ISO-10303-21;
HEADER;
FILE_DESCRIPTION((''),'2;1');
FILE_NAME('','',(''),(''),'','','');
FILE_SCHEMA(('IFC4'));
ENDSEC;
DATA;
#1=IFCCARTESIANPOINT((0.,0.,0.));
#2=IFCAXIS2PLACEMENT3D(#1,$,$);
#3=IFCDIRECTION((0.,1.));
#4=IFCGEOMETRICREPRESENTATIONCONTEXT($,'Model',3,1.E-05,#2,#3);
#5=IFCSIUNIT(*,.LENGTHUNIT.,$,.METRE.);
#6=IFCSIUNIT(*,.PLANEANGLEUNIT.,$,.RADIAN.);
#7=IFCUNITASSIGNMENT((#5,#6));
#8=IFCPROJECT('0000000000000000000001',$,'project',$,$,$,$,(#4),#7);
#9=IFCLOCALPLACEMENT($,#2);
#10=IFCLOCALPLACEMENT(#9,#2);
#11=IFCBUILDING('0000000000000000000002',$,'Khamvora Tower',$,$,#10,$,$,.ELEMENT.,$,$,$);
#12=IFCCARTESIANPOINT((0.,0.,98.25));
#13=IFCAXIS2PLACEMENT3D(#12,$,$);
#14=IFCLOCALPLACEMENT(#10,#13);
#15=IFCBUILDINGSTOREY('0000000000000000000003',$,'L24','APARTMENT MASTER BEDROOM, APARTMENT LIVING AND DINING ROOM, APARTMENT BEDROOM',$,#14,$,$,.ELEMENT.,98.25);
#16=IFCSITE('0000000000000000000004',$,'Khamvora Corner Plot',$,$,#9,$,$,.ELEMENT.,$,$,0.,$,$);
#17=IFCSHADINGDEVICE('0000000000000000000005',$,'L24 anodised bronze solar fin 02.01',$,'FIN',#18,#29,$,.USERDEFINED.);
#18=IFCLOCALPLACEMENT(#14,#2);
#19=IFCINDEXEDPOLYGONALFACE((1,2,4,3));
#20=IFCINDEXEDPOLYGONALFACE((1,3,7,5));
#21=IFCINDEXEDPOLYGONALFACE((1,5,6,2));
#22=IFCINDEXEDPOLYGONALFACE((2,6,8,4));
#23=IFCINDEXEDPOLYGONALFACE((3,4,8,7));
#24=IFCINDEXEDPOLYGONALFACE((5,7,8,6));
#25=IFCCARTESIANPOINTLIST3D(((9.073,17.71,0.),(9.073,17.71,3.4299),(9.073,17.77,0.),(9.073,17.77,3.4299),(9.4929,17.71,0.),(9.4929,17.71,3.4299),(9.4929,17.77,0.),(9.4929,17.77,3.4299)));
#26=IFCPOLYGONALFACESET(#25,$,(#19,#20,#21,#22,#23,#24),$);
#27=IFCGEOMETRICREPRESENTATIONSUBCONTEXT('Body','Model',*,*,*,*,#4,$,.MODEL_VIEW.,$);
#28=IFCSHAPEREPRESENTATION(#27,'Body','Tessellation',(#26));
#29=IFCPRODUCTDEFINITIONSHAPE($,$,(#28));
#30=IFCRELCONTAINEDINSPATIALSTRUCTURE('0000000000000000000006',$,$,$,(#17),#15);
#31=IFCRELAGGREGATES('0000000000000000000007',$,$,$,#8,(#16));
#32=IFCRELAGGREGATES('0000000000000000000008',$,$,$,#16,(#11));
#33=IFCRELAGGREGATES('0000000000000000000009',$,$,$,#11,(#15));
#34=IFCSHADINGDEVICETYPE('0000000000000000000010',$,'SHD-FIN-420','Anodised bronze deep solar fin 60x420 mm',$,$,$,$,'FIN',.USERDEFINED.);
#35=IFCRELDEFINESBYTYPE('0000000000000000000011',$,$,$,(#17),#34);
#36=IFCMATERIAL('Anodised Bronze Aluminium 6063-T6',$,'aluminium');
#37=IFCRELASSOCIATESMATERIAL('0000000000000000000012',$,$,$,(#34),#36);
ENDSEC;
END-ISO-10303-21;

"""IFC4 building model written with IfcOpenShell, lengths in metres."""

from ifc_helpers import new_model, si_unit, direction, frame, origin, origin_2d, place, context, subcontext, project, spatial, rectangle, extrude, material, type_object, element, save


model = new_model("IFC4")

# Units and contexts
model_context = context("Model", 3, precision=1e-05, world=origin(), true_north=direction((0.0, 1.0)))
body_context = subcontext(model_context, "Body", "Model", "MODEL_VIEW")
ifc_project = project(units=[si_unit("LENGTHUNIT", "METRE"), si_unit("PLANEANGLEUNIT", "RADIAN")], contexts=[model_context])

# Site, building, storey
site_placement = place(None, origin())
site = spatial("IfcSite", under=ifc_project, at=site_placement, Name="Khamvora Corner Plot", CompositionType="ELEMENT", RefElevation=0.0)
building_placement = place(site_placement, origin())
building = spatial("IfcBuilding", under=site, at=building_placement, Name="Khamvora Tower", CompositionType="ELEMENT")
storey_placement = place(building_placement, frame((0.0, 0.0, 98.25)))
storey = spatial("IfcBuildingStorey", under=building, at=storey_placement, Name="L24", Description="APARTMENT MASTER BEDROOM, APARTMENT LIVING AND DINING ROOM, APARTMENT BEDROOM", CompositionType="ELEMENT", Elevation=98.25)

# Shading device
ifc_material_1 = material(Name="Anodised Bronze Aluminium 6063-T6", Category="aluminium")
shading_device_type = type_object("IfcShadingDeviceType", Name="SHD-FIN-420", Description="Anodised bronze deep solar fin 60x420 mm", ElementType="FIN", PredefinedType="USERDEFINED", material=ifc_material_1)
shading_device_placement = place(storey_placement, frame((9.283, 17.74, 0.0), z_axis=(0.0, 0.0, 1.0), x_axis=(0.0, 1.0, 0.0)))
element("IfcShadingDevice", 1, at=shading_device_placement, inside=storey, type_object=shading_device_type, Name="L24 anodised bronze solar fin 02.01", ObjectType="FIN", PredefinedType="USERDEFINED", context=body_context, shape_type="SweptSolid", body=[
    extrude(rectangle(XDim=0.0601, YDim=0.4199, at=origin_2d()), origin(), (0.0, 0.0, 1.0), 3.4299),
])

save(model, "model.ifc")
